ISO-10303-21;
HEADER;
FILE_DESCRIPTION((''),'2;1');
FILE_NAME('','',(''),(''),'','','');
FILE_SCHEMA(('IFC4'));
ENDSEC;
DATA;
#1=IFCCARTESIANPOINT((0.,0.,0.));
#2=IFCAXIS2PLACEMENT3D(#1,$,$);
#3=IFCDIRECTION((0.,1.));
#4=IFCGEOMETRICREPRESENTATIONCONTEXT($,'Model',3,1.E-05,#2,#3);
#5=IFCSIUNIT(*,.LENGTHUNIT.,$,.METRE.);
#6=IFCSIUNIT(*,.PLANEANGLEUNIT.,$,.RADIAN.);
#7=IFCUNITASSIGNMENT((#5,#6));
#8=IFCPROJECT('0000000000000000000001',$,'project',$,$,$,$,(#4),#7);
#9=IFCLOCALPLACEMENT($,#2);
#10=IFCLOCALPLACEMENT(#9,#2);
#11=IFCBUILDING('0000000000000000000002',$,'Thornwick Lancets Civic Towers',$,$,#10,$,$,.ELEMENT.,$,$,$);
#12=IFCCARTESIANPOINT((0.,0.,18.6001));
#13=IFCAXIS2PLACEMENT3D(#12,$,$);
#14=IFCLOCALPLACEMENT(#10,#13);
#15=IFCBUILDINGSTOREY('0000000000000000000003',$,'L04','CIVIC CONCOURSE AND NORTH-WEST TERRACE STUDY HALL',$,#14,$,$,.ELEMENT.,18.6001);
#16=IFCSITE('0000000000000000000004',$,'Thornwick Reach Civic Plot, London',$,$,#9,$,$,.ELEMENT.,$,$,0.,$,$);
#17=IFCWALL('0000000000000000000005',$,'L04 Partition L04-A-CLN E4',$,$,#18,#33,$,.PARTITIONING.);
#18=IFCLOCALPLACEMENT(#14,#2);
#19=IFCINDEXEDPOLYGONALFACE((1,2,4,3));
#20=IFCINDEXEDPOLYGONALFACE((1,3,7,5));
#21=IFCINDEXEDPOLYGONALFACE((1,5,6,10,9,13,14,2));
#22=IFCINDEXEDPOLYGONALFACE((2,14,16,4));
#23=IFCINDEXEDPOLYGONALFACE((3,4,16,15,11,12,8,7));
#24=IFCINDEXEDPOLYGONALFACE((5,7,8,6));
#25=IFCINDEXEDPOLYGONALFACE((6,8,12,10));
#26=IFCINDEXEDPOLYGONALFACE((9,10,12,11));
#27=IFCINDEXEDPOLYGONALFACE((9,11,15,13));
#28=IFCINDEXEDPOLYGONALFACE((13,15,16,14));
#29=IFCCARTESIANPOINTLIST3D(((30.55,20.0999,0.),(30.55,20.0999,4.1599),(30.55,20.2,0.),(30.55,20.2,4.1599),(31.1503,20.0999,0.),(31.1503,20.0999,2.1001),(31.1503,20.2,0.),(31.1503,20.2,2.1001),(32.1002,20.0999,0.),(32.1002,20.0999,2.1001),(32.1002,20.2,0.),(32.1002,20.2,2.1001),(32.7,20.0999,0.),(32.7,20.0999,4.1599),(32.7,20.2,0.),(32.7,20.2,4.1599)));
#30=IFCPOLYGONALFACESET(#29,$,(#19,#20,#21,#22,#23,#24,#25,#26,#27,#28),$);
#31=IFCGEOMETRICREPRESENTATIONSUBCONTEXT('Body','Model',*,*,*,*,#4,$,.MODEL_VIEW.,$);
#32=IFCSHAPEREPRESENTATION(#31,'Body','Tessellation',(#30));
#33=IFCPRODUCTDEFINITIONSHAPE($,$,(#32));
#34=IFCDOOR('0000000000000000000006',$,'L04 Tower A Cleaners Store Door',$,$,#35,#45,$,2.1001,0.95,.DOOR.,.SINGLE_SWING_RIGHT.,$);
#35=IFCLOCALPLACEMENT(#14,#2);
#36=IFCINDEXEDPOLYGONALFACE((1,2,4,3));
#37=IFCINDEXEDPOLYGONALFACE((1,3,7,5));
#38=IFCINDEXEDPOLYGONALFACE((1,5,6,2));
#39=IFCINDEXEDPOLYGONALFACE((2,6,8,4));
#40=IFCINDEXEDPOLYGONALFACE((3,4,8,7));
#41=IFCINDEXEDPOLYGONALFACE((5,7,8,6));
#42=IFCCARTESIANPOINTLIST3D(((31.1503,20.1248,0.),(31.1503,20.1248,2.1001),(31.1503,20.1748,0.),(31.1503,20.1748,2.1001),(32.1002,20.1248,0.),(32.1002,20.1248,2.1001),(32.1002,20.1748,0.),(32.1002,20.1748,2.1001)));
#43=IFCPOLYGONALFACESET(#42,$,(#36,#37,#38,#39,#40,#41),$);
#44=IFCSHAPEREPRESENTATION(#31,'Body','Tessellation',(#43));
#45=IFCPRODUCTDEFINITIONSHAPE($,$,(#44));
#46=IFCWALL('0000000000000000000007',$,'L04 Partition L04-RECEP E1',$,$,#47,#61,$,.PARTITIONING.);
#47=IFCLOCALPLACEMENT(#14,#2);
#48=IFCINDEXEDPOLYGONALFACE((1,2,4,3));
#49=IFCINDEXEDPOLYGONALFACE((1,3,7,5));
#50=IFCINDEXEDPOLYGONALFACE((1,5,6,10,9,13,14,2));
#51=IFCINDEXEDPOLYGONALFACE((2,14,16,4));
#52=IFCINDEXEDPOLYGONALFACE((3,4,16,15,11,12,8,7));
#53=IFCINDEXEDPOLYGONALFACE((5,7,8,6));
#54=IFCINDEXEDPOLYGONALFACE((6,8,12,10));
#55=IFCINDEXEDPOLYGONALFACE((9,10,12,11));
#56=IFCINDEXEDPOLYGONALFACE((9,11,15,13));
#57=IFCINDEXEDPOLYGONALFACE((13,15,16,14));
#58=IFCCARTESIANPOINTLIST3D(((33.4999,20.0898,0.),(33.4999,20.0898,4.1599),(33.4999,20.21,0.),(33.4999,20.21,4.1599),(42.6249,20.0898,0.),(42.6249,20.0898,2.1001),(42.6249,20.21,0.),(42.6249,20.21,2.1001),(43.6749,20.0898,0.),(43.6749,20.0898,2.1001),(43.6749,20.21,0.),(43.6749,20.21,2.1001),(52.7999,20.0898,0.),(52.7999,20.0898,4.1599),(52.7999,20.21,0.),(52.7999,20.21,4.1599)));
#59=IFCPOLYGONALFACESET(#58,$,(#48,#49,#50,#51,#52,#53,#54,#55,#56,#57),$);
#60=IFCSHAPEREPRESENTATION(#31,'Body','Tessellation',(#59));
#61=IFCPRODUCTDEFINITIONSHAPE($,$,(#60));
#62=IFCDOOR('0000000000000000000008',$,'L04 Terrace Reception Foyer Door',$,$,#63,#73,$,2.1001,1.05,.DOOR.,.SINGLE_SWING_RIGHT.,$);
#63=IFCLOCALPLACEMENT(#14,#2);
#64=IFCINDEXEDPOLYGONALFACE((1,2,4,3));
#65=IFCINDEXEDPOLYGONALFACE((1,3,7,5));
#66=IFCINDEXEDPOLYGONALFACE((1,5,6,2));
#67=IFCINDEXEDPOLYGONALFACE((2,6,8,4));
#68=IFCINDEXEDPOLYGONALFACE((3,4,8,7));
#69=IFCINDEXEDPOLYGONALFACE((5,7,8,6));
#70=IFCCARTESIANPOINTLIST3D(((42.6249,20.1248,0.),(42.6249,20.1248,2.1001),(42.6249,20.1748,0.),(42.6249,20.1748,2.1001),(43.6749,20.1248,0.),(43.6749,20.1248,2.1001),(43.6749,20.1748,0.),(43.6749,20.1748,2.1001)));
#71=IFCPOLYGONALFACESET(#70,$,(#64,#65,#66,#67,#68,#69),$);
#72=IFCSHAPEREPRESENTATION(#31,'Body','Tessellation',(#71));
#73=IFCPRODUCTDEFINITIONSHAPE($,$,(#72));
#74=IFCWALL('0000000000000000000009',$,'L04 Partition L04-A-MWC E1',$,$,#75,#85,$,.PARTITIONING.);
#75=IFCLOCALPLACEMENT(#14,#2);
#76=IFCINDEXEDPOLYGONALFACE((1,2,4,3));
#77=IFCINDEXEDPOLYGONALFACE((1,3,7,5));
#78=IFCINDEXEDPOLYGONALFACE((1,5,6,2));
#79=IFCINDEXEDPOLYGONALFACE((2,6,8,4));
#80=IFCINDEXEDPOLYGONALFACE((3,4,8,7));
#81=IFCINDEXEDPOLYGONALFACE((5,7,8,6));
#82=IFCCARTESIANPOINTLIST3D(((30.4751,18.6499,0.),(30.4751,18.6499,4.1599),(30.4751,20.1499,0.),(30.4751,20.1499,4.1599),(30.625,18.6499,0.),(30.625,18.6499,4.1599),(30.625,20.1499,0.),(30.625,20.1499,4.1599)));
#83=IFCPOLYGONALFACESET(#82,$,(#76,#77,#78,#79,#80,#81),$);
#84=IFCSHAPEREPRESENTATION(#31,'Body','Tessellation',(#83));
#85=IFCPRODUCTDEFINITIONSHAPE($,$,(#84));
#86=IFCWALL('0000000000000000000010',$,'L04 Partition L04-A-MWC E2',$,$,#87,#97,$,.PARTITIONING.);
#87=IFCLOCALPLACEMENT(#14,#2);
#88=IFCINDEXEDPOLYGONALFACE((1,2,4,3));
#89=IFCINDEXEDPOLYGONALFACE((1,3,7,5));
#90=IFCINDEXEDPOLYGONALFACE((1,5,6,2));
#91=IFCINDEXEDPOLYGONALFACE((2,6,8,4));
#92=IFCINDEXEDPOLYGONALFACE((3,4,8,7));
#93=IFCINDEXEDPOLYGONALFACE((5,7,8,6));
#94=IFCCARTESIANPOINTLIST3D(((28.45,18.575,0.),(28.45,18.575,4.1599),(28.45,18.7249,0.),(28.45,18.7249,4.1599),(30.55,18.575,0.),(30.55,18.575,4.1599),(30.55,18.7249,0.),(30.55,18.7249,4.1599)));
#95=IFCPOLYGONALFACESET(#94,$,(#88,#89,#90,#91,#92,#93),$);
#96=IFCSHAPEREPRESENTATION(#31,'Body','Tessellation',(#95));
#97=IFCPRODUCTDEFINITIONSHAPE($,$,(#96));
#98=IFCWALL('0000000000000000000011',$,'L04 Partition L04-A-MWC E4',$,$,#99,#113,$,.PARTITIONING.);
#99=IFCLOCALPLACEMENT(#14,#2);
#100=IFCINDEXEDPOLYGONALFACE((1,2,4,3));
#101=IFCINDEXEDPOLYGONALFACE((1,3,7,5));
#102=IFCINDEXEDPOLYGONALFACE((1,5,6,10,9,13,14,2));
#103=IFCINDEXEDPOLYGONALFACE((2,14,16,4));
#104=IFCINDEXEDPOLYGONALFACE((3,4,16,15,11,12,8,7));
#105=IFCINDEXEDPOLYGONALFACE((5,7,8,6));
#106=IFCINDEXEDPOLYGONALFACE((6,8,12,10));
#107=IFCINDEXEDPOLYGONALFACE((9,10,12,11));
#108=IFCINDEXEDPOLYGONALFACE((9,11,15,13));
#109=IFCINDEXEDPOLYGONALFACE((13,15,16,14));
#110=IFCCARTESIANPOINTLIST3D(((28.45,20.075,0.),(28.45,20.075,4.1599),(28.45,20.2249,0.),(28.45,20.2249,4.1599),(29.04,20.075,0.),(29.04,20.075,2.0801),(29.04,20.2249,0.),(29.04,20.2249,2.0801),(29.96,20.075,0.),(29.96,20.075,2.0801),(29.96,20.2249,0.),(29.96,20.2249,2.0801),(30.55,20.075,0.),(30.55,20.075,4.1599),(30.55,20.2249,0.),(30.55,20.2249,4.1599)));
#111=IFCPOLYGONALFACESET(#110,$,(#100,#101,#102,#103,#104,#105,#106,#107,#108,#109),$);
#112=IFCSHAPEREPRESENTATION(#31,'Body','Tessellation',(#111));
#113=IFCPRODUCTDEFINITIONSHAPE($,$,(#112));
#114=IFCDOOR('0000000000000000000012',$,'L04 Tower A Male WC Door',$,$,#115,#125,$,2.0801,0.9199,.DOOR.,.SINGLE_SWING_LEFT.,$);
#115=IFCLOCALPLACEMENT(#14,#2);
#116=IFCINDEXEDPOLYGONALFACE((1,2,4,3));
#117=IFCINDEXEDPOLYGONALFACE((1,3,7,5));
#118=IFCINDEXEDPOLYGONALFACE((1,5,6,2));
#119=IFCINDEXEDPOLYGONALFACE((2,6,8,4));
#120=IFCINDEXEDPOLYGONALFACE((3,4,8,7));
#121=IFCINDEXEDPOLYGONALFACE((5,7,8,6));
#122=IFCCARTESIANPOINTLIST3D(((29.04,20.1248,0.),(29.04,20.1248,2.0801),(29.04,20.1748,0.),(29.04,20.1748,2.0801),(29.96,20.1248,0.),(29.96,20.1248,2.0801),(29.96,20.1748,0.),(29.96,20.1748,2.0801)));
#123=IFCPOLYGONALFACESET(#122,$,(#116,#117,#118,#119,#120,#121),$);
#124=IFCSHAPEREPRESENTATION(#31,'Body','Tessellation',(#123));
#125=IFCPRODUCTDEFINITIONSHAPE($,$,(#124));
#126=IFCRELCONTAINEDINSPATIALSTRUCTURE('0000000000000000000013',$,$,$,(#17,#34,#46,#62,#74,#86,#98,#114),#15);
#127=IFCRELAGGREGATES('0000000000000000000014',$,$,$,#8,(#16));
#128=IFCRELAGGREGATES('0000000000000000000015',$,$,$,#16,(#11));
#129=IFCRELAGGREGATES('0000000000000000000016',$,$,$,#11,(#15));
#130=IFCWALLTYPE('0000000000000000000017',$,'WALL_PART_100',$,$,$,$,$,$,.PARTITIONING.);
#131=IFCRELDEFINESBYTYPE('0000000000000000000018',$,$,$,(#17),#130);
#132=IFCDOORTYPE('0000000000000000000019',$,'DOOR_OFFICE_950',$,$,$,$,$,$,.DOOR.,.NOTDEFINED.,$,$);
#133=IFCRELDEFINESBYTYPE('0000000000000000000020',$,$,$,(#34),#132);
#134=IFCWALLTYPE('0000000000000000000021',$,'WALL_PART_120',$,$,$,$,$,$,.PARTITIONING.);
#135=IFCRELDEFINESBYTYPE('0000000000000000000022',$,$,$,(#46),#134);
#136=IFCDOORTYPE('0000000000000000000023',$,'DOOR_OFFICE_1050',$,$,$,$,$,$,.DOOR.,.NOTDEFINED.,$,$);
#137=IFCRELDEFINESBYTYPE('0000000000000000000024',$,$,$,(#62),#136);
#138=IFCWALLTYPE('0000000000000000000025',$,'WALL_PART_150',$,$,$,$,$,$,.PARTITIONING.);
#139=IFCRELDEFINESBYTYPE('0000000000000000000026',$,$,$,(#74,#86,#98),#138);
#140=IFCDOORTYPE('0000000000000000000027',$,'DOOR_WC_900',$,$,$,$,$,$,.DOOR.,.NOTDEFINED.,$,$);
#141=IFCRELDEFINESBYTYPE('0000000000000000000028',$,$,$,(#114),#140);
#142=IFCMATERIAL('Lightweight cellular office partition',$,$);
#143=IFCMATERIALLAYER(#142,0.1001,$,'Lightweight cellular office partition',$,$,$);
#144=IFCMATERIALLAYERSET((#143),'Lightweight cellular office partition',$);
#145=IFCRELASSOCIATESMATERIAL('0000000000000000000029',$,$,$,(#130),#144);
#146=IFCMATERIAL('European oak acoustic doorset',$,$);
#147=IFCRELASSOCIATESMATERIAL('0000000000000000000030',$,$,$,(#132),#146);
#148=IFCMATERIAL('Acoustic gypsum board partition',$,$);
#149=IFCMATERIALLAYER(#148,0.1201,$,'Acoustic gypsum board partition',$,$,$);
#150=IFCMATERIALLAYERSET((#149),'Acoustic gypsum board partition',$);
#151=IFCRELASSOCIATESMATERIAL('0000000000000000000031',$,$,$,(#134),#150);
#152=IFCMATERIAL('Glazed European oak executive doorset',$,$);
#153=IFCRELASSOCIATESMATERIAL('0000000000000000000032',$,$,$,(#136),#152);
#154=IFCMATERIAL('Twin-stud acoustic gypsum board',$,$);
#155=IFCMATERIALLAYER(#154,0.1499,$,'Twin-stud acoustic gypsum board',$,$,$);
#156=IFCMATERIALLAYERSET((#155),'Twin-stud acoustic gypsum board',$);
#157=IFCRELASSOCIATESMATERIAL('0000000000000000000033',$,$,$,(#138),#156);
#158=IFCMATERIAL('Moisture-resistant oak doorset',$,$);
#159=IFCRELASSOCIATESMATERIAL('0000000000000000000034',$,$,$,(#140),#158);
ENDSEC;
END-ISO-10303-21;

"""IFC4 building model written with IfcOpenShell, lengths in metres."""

from ifc_helpers import new_model, si_unit, direction, frame, frame_2d, origin, place, context, subcontext, project, spatial, rectangle, extrude, material, layer, layer_set, type_object, element, fill, save


model = new_model("IFC4")

# Units and contexts
model_context = context("Model", 3, precision=1e-05, world=origin(), true_north=direction((0.0, 1.0)))
body_context = subcontext(model_context, "Body", "Model", "MODEL_VIEW")
ifc_project = project(units=[si_unit("LENGTHUNIT", "METRE"), si_unit("PLANEANGLEUNIT", "RADIAN")], contexts=[model_context])

# Site, building, storey
site_placement = place(None, origin())
site = spatial("IfcSite", under=ifc_project, at=site_placement, Name="Thornwick Reach Civic Plot, London", CompositionType="ELEMENT", RefElevation=0.0)
building_placement = place(site_placement, origin())
building = spatial("IfcBuilding", under=site, at=building_placement, Name="Thornwick Lancets Civic Towers", CompositionType="ELEMENT")
storey_placement = place(building_placement, frame((0.0, 0.0, 18.6001)))
storey = spatial("IfcBuildingStorey", under=building, at=storey_placement, Name="L04", Description="CIVIC CONCOURSE AND NORTH-WEST TERRACE STUDY HALL", CompositionType="ELEMENT", Elevation=18.6001)

# Shared definitions
ifc_material_1 = material(Name="Lightweight cellular office partition")
ifc_layer_1 = layer(ifc_material_1, 0.1001, Name="Lightweight cellular office partition")
ifc_layer_set_1 = layer_set([ifc_layer_1], Name="Lightweight cellular office partition")
wall_type_1 = type_object("IfcWallType", Name="WALL_PART_100", PredefinedType="PARTITIONING", material=ifc_layer_set_1)

# Walls, openings, doors
wall_1_placement = place(storey_placement, frame((30.55, 20.1499, 0.0), z_axis=(0.0, 0.0, 1.0), x_axis=(1.0, 0.0, 0.0)))
wall_1 = element("IfcWall", 1, at=wall_1_placement, inside=storey, type_object=wall_type_1, Name="L04 Partition L04-A-CLN E4", PredefinedType="PARTITIONING", context=body_context, shape_type="SweptSolid", body=[
    extrude(rectangle(XDim=2.1499, YDim=0.1001, at=frame_2d((1.075, 0.0))), origin(), (0.0, 0.0, 1.0), 4.1599),
])
opening_1_placement = place(wall_1_placement, frame((0.6001, 0.0, 0.0)))
opening_1 = element("IfcOpeningElement", 2, at=opening_1_placement, cuts=wall_1, PredefinedType="OPENING", context=body_context, shape_type="SweptSolid", body=[
    extrude(rectangle(XDim=0.95, YDim=2.1001, at=frame_2d((0.4751, 1.05))), frame((0.0, 0.0601, 0.0), z_axis=(0.0, -1.0, 0.0), x_axis=(1.0, 0.0, 0.0)), (0.0, 0.0, 1.0), 0.1201),
])
ifc_material_2 = material(Name="European oak acoustic doorset")
door_type_1 = type_object("IfcDoorType", Name="DOOR_OFFICE_950", OperationType="NOTDEFINED", PredefinedType="DOOR", material=ifc_material_2)
door_1_placement = place(opening_1_placement, origin())
door_1 = element("IfcDoor", 3, at=door_1_placement, inside=storey, type_object=door_type_1, Name="L04 Tower A Cleaners Store Door", OperationType="SINGLE_SWING_RIGHT", OverallHeight=2.1001, OverallWidth=0.95, PredefinedType="DOOR", context=body_context, shape_type="SweptSolid", body=[
    extrude(rectangle(XDim=0.95, YDim=2.1001, at=frame_2d((0.4751, 1.05))), frame((0.0, 0.0249, 0.0), z_axis=(0.0, -1.0, 0.0), x_axis=(1.0, 0.0, 0.0)), (0.0, 0.0, 1.0), 0.05),
])
fill(opening_1, door_1)
ifc_material_3 = material(Name="Acoustic gypsum board partition")
ifc_layer_2 = layer(ifc_material_3, 0.1201, Name="Acoustic gypsum board partition")
ifc_layer_set_2 = layer_set([ifc_layer_2], Name="Acoustic gypsum board partition")
wall_type_2 = type_object("IfcWallType", Name="WALL_PART_120", PredefinedType="PARTITIONING", material=ifc_layer_set_2)
wall_2_placement = place(storey_placement, frame((33.5, 20.1499, 0.0), z_axis=(0.0, 0.0, 1.0), x_axis=(1.0, 0.0, 0.0)))
wall_2 = element("IfcWall", 4, at=wall_2_placement, inside=storey, type_object=wall_type_2, Name="L04 Partition L04-RECEP E1", PredefinedType="PARTITIONING", context=body_context, shape_type="SweptSolid", body=[
    extrude(rectangle(XDim=19.3, YDim=0.1201, at=frame_2d((9.6499, 0.0))), origin(), (0.0, 0.0, 1.0), 4.1599),
])
opening_2_placement = place(wall_2_placement, frame((9.125, 0.0, 0.0)))
opening_2 = element("IfcOpeningElement", 5, at=opening_2_placement, cuts=wall_2, PredefinedType="OPENING", context=body_context, shape_type="SweptSolid", body=[
    extrude(rectangle(XDim=1.05, YDim=2.1001, at=frame_2d((0.5249, 1.05))), frame((0.0, 0.0701, 0.0), z_axis=(0.0, -1.0, 0.0), x_axis=(1.0, 0.0, 0.0)), (0.0, 0.0, 1.0), 0.1401),
])
ifc_material_4 = material(Name="Glazed European oak executive doorset")
door_type_2 = type_object("IfcDoorType", Name="DOOR_OFFICE_1050", OperationType="NOTDEFINED", PredefinedType="DOOR", material=ifc_material_4)
door_2_placement = place(opening_2_placement, origin())
door_2 = element("IfcDoor", 6, at=door_2_placement, inside=storey, type_object=door_type_2, Name="L04 Terrace Reception Foyer Door", OperationType="SINGLE_SWING_RIGHT", OverallHeight=2.1001, OverallWidth=1.05, PredefinedType="DOOR", context=body_context, shape_type="SweptSolid", body=[
    extrude(rectangle(XDim=1.05, YDim=2.1001, at=frame_2d((0.5249, 1.05))), frame((0.0, 0.0249, 0.0), z_axis=(0.0, -1.0, 0.0), x_axis=(1.0, 0.0, 0.0)), (0.0, 0.0, 1.0), 0.05),
])
fill(opening_2, door_2)

# Walls
ifc_material_5 = material(Name="Twin-stud acoustic gypsum board")
ifc_layer_3 = layer(ifc_material_5, 0.1499, Name="Twin-stud acoustic gypsum board")
ifc_layer_set_3 = layer_set([ifc_layer_3], Name="Twin-stud acoustic gypsum board")
wall_type_3 = type_object("IfcWallType", Name="WALL_PART_150", PredefinedType="PARTITIONING", material=ifc_layer_set_3)
wall_3_placement = place(storey_placement, frame((30.55, 20.1499, 0.0), z_axis=(0.0, 0.0, 1.0), x_axis=(0.0, -1.0, 0.0)))
element("IfcWall", 7, at=wall_3_placement, inside=storey, type_object=wall_type_3, Name="L04 Partition L04-A-MWC E1", PredefinedType="PARTITIONING", context=body_context, shape_type="SweptSolid", body=[
    extrude(rectangle(XDim=1.5, YDim=0.1499, at=frame_2d((0.75, 0.0))), origin(), (0.0, 0.0, 1.0), 4.1599),
])
wall_4_placement = place(storey_placement, frame((30.55, 18.6499, 0.0), z_axis=(0.0, 0.0, 1.0), x_axis=(-1.0, 0.0, 0.0)))
element("IfcWall", 8, at=wall_4_placement, inside=storey, type_object=wall_type_3, Name="L04 Partition L04-A-MWC E2", PredefinedType="PARTITIONING", context=body_context, shape_type="SweptSolid", body=[
    extrude(rectangle(XDim=2.1001, YDim=0.1499, at=frame_2d((1.05, 0.0))), origin(), (0.0, 0.0, 1.0), 4.1599),
])

# Wall, opening, door
wall_5_placement = place(storey_placement, frame((28.45, 20.1499, 0.0), z_axis=(0.0, 0.0, 1.0), x_axis=(1.0, 0.0, 0.0)))
wall_5 = element("IfcWall", 9, at=wall_5_placement, inside=storey, type_object=wall_type_3, Name="L04 Partition L04-A-MWC E4", PredefinedType="PARTITIONING", context=body_context, shape_type="SweptSolid", body=[
    extrude(rectangle(XDim=2.1001, YDim=0.1499, at=frame_2d((1.05, 0.0))), origin(), (0.0, 0.0, 1.0), 4.1599),
])
opening_3_placement = place(wall_5_placement, frame((0.5901, 0.0, 0.0)))
opening_3 = element("IfcOpeningElement", 10, at=opening_3_placement, cuts=wall_5, PredefinedType="OPENING", context=body_context, shape_type="SweptSolid", body=[
    extrude(rectangle(XDim=0.9199, YDim=2.0801, at=frame_2d((0.46, 1.04))), frame((0.0, 0.085, 0.0), z_axis=(0.0, -1.0, 0.0), x_axis=(1.0, 0.0, 0.0)), (0.0, 0.0, 1.0), 0.1699),
])
ifc_material_6 = material(Name="Moisture-resistant oak doorset")
door_type_3 = type_object("IfcDoorType", Name="DOOR_WC_900", OperationType="NOTDEFINED", PredefinedType="DOOR", material=ifc_material_6)
door_3_placement = place(opening_3_placement, origin())
door_3 = element("IfcDoor", 11, at=door_3_placement, inside=storey, type_object=door_type_3, Name="L04 Tower A Male WC Door", OperationType="SINGLE_SWING_LEFT", OverallHeight=2.0801, OverallWidth=0.9199, PredefinedType="DOOR", context=body_context, shape_type="SweptSolid", body=[
    extrude(rectangle(XDim=0.9199, YDim=2.0801, at=frame_2d((0.46, 1.04))), frame((0.0, 0.0249, 0.0), z_axis=(0.0, -1.0, 0.0), x_axis=(1.0, 0.0, 0.0)), (0.0, 0.0, 1.0), 0.05),
])
fill(opening_3, door_3)

save(model, "model.ifc")
